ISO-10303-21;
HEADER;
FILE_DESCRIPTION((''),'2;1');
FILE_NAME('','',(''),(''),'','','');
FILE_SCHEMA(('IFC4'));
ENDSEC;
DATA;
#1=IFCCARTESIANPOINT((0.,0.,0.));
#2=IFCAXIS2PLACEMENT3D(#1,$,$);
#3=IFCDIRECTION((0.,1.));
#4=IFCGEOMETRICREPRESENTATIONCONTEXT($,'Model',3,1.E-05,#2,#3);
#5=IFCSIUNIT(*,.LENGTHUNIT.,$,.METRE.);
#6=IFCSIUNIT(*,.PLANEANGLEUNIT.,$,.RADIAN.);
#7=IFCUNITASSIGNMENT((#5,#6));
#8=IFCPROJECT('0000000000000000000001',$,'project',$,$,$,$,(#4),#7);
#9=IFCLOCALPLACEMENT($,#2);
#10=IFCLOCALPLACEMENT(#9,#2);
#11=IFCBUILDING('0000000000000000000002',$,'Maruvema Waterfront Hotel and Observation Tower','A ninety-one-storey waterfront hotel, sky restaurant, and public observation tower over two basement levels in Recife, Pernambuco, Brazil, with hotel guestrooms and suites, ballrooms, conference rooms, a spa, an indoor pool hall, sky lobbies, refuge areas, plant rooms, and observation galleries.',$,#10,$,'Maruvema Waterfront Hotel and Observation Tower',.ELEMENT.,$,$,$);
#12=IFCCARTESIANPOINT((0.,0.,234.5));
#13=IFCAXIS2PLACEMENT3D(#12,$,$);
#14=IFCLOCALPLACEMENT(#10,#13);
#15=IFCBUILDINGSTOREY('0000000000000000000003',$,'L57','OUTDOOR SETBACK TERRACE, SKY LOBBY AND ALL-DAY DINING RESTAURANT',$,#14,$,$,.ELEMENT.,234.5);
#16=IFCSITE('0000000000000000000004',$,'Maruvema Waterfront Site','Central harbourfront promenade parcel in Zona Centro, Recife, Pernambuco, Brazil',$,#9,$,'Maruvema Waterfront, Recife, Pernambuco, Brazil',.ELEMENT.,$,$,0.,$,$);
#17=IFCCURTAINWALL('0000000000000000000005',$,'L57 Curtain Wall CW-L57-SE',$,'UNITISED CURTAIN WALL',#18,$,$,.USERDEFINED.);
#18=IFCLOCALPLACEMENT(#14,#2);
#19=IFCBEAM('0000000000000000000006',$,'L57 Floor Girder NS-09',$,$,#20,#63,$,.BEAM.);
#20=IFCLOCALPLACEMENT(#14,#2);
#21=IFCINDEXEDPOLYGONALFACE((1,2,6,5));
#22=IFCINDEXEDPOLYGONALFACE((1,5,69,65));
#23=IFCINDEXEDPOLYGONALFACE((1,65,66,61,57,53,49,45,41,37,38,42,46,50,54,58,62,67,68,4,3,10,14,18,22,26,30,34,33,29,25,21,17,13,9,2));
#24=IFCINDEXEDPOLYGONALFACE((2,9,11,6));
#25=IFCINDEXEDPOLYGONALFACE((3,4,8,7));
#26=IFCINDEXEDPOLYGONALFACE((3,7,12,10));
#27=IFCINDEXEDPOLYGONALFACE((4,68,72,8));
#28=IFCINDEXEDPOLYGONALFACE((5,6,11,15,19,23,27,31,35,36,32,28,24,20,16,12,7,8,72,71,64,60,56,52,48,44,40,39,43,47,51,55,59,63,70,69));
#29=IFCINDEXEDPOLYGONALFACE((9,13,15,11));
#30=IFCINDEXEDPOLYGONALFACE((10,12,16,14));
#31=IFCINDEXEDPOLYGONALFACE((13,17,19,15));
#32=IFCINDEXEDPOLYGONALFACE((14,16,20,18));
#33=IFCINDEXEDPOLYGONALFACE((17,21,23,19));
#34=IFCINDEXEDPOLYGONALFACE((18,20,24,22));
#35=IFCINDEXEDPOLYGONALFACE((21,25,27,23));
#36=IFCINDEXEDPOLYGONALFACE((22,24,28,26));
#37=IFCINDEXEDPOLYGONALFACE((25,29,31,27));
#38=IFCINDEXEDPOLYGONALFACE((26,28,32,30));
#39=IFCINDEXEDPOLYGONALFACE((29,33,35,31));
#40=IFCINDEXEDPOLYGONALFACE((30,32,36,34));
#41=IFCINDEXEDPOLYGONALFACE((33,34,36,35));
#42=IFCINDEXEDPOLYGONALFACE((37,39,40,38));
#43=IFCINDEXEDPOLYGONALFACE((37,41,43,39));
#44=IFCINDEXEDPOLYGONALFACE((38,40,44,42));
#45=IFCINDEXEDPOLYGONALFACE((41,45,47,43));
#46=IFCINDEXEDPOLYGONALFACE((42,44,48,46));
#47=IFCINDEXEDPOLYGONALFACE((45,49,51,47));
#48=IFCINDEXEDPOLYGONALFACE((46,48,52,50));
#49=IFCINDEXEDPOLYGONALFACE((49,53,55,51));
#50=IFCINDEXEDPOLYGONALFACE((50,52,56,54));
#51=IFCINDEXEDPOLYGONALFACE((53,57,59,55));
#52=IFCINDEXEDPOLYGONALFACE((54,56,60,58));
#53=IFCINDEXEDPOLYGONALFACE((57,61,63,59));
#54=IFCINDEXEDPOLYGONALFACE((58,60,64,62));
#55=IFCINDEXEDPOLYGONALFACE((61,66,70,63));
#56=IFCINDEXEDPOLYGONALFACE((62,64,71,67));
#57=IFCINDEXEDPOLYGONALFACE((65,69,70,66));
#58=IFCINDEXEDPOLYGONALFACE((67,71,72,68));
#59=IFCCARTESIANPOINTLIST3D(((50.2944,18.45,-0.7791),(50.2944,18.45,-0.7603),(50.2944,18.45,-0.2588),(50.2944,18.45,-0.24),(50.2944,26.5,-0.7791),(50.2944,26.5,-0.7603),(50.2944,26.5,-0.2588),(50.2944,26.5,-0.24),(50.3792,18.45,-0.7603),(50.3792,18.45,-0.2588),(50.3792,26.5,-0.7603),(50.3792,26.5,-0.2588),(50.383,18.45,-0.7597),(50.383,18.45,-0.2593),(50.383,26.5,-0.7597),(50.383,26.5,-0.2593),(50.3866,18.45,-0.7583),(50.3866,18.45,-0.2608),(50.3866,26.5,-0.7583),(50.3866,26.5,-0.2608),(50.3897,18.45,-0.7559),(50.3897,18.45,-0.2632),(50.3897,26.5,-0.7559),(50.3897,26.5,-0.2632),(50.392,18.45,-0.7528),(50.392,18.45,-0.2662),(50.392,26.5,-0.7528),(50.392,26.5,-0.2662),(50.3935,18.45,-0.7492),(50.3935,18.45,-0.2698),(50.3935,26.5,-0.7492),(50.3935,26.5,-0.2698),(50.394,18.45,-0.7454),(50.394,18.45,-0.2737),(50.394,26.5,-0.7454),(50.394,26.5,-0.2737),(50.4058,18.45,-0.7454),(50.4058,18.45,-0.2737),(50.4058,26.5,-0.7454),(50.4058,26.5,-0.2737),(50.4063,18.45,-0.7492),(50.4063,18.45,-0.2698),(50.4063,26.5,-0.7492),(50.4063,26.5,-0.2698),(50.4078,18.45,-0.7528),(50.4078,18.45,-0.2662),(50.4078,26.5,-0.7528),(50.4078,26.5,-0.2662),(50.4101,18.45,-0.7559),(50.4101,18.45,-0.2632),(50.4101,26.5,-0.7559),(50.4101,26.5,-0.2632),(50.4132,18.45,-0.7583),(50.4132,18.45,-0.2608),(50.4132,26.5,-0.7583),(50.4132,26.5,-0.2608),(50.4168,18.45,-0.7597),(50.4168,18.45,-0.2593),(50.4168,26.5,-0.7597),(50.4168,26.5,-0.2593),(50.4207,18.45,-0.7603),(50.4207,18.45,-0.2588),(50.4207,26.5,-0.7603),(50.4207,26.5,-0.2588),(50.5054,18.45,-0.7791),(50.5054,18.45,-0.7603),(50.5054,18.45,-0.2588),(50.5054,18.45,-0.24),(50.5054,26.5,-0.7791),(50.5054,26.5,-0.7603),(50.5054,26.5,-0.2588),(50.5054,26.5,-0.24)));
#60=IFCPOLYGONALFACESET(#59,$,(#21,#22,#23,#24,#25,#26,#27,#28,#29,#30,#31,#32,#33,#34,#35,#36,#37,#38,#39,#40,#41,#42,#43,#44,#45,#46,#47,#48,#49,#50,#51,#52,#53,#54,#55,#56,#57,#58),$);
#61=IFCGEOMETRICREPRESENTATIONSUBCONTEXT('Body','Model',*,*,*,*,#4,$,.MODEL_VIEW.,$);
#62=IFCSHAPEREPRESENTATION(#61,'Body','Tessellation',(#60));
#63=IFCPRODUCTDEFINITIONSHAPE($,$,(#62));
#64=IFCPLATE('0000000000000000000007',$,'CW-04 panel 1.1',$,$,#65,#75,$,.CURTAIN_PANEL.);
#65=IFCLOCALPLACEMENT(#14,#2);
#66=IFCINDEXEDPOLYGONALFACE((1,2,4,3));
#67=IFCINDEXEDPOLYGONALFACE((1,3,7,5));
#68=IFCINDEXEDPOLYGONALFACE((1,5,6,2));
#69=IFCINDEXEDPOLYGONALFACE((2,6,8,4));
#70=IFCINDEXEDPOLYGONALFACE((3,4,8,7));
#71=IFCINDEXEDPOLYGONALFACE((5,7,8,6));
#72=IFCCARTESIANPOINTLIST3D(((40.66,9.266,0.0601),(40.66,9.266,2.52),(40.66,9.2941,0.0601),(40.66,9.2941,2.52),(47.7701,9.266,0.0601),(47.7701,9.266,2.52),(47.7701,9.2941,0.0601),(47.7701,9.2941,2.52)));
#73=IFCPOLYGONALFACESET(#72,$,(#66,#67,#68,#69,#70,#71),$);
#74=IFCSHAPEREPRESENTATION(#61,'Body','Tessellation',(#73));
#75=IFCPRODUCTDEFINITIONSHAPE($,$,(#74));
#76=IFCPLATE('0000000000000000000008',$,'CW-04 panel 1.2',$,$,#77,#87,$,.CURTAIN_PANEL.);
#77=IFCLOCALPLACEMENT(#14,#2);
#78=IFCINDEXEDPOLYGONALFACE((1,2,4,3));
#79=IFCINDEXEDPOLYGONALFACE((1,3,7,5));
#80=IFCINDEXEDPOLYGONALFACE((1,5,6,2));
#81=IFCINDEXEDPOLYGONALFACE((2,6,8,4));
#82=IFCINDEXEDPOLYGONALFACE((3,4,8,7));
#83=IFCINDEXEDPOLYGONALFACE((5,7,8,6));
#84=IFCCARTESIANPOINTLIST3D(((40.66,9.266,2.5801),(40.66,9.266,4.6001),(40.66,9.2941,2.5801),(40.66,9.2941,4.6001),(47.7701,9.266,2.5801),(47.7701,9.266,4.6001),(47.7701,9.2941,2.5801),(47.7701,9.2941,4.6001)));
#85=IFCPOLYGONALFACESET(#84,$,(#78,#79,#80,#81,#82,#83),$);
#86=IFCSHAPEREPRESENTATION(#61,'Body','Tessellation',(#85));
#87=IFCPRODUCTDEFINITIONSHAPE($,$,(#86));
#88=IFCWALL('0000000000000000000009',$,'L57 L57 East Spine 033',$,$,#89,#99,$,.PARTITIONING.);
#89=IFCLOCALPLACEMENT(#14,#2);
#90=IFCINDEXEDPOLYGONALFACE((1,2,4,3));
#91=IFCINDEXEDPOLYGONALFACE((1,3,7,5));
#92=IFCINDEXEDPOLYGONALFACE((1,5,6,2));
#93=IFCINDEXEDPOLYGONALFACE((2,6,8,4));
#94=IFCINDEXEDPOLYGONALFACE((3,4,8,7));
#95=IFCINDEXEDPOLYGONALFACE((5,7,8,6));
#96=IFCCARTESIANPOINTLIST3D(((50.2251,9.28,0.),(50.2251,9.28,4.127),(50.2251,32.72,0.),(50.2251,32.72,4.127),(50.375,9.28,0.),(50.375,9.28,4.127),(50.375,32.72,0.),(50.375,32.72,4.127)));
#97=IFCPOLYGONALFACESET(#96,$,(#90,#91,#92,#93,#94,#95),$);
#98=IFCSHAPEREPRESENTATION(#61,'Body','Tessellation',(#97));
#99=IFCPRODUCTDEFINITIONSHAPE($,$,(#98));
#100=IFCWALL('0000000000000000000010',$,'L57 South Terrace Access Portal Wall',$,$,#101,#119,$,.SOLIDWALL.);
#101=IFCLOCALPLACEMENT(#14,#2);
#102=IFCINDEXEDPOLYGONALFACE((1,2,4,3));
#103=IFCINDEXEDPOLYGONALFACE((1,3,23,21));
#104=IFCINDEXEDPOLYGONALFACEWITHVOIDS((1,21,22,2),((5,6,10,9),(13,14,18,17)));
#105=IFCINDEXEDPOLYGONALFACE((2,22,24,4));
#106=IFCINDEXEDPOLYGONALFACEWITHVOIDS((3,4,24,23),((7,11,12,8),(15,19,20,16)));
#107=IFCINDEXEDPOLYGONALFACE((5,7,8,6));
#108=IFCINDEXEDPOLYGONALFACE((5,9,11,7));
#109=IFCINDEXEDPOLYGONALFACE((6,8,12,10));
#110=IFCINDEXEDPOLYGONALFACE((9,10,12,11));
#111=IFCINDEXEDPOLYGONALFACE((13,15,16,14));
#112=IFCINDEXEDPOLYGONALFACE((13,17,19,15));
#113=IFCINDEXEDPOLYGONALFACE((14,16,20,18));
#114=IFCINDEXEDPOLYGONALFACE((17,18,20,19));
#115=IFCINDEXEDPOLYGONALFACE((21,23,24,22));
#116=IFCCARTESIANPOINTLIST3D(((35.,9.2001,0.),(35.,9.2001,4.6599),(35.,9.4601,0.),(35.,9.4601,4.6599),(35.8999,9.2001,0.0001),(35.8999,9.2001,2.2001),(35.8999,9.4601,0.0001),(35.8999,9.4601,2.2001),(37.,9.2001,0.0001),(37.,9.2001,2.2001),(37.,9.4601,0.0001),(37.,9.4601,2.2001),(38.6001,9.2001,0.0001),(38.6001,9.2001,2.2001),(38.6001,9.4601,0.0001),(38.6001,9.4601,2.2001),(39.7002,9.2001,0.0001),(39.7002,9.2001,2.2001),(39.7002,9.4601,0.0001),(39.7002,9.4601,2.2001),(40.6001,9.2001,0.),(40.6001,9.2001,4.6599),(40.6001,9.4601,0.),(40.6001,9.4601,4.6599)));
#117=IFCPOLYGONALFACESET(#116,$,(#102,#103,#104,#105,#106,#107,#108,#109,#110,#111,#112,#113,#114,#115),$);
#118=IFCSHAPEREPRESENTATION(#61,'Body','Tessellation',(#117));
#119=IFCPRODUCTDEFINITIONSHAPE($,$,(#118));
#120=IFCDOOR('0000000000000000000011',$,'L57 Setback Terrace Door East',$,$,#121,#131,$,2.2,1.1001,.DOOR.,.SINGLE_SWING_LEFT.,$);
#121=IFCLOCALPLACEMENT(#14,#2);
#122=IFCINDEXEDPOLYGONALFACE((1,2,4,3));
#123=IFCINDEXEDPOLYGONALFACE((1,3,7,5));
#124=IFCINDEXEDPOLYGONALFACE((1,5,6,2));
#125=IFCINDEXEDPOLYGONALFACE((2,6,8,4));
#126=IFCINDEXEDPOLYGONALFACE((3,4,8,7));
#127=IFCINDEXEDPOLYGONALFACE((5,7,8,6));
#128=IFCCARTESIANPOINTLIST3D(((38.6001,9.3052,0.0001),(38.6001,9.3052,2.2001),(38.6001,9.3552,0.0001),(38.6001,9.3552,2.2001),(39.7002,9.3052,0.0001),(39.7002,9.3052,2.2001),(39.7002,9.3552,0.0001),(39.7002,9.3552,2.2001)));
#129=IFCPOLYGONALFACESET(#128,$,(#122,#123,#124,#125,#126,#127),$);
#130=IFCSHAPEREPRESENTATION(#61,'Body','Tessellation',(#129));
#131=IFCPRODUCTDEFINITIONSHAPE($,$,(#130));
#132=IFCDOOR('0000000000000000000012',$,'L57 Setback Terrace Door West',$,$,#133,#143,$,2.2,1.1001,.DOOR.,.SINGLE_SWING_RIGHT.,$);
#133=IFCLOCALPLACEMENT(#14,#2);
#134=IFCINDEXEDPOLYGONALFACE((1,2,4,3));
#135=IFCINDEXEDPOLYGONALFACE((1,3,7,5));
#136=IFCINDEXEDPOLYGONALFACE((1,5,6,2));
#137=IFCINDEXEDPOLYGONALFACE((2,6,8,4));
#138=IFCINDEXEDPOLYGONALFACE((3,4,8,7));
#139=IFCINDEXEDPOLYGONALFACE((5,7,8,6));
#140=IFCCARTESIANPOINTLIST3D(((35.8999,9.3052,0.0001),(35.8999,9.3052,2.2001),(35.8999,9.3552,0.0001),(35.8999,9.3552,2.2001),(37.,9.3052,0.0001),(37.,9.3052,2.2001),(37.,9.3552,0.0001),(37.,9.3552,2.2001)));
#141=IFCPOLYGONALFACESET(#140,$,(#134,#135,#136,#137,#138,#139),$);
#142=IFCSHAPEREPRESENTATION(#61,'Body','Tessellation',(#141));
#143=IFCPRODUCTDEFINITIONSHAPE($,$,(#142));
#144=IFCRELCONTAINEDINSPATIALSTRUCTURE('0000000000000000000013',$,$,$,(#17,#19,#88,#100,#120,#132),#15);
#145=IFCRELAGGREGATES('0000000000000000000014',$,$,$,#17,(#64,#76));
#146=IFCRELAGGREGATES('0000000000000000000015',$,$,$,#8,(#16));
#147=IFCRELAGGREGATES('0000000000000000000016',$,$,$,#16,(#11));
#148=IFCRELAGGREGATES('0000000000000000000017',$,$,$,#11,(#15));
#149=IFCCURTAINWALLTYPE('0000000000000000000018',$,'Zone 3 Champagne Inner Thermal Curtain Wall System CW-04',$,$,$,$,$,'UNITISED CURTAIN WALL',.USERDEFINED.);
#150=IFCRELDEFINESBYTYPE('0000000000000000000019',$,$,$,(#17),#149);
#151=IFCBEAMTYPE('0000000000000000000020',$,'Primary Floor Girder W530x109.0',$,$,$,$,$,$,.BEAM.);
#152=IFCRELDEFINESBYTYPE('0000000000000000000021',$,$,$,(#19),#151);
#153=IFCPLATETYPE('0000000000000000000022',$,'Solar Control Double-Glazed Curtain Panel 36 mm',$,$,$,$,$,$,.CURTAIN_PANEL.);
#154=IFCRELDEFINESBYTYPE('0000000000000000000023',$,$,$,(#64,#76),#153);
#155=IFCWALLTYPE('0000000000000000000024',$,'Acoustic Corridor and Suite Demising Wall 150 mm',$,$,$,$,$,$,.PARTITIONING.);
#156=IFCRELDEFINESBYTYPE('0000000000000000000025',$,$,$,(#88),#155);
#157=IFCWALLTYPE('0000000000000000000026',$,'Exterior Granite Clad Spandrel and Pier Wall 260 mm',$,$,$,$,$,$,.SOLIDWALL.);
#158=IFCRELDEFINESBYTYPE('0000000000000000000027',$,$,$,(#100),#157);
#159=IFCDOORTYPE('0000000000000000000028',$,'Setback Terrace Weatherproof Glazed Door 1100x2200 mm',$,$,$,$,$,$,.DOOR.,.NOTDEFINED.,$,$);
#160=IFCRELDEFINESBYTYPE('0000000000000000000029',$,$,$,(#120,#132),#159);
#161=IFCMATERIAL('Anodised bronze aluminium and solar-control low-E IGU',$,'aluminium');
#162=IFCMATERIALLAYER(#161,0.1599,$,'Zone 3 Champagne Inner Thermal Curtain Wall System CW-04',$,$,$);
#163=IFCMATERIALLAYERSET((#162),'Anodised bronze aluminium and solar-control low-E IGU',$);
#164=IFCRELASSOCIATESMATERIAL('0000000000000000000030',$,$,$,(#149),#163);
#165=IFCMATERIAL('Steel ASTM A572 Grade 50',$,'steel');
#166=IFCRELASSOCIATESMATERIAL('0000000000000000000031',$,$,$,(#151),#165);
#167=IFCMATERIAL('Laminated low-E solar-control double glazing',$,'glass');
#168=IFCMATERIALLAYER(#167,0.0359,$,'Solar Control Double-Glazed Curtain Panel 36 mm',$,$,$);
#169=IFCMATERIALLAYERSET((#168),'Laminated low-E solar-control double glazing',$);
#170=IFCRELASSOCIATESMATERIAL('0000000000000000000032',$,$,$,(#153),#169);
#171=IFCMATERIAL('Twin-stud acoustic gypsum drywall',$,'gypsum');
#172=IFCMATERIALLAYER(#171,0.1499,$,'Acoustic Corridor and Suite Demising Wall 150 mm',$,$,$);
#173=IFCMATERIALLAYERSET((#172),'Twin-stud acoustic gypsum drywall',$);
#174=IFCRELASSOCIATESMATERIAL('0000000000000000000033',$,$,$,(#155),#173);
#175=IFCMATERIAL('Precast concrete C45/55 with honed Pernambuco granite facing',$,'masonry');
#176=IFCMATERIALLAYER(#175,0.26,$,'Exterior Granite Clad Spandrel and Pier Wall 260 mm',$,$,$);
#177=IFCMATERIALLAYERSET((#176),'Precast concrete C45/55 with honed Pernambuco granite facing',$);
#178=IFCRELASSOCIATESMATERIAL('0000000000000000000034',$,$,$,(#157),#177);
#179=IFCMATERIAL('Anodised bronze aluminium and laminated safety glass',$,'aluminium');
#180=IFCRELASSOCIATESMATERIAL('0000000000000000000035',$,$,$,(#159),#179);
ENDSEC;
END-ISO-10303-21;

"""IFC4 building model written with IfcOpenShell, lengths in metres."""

from ifc_helpers import new_model, si_unit, direction, frame, frame_2d, origin, origin_2d, place, context, subcontext, project, spatial, rectangle, i_section, extrude, material, layer, layer_set, material_profile, profile_set, type_object, element, fill, aggregate, save


model = new_model("IFC4")

# Units and contexts
model_context = context("Model", 3, precision=1e-05, world=origin(), true_north=direction((0.0, 1.0)))
body_context = subcontext(model_context, "Body", "Model", "MODEL_VIEW")
ifc_project = project(units=[si_unit("LENGTHUNIT", "METRE"), si_unit("PLANEANGLEUNIT", "RADIAN")], contexts=[model_context])

# Site, building, storey
site_placement = place(None, origin())
site = spatial("IfcSite", under=ifc_project, at=site_placement, Name="Maruvema Waterfront Site", Description="Central harbourfront promenade parcel in Zona Centro, Recife, Pernambuco, Brazil", LongName="Maruvema Waterfront, Recife, Pernambuco, Brazil", CompositionType="ELEMENT", RefElevation=0.0)
building_placement = place(site_placement, origin())
building = spatial("IfcBuilding", under=site, at=building_placement, Name="Maruvema Waterfront Hotel and Observation Tower", Description="A ninety-one-storey waterfront hotel, sky restaurant, and public observation tower over two basement levels in Recife, Pernambuco, Brazil, with hotel guestrooms and suites, ballrooms, conference rooms, a spa, an indoor pool hall, sky lobbies, refuge areas, plant rooms, and observation galleries.", LongName="Maruvema Waterfront Hotel and Observation Tower", CompositionType="ELEMENT")
storey_placement = place(building_placement, frame((0.0, 0.0, 234.5)))
storey = spatial("IfcBuildingStorey", under=building, at=storey_placement, Name="L57", Description="OUTDOOR SETBACK TERRACE, SKY LOBBY AND ALL-DAY DINING RESTAURANT", CompositionType="ELEMENT", Elevation=234.5)

# Curtain wall
ifc_material_1 = material(Name="Anodised bronze aluminium and solar-control low-E IGU", Category="aluminium")
ifc_layer_1 = layer(ifc_material_1, 0.1599, Name="Zone 3 Champagne Inner Thermal Curtain Wall System CW-04")
ifc_layer_set_1 = layer_set([ifc_layer_1], Name="Anodised bronze aluminium and solar-control low-E IGU")
curtain_wall_type = type_object("IfcCurtainWallType", Name="Zone 3 Champagne Inner Thermal Curtain Wall System CW-04", ElementType="UNITISED CURTAIN WALL", PredefinedType="USERDEFINED", material=ifc_layer_set_1)
curtain_wall_placement = place(storey_placement, origin())
curtain_wall = element("IfcCurtainWall", 1, at=curtain_wall_placement, inside=storey, type_object=curtain_wall_type, Name="L57 Curtain Wall CW-L57-SE", ObjectType="UNITISED CURTAIN WALL", PredefinedType="USERDEFINED")

# Beam
ifc_material_2 = material(Name="Steel ASTM A572 Grade 50", Category="steel")
ifc_material_profile_1 = material_profile(ifc_material_2, i_section(OverallWidth=0.2109, OverallDepth=0.5391, WebThickness=0.0117, FlangeThickness=0.0188, FilletRadius=0.0149, at=origin_2d()), Name="W530x109.0")
ifc_profile_set_1 = profile_set([ifc_material_profile_1], Name="Steel ASTM A572 Grade 50")
beam_type = type_object("IfcBeamType", Name="Primary Floor Girder W530x109.0", PredefinedType="BEAM", material=ifc_profile_set_1)
beam_1_placement = place(storey_placement, frame((50.3999, 18.45, -0.5095), z_axis=(0.0, 1.0, 0.0), x_axis=(-1.0, 0.0, 0.0)))
element("IfcBeam", 2, at=beam_1_placement, inside=storey, type_object=beam_type, Name="L57 Floor Girder NS-09", PredefinedType="BEAM", context=body_context, shape_type="SweptSolid", body=[
    extrude(i_section(OverallWidth=0.2109, OverallDepth=0.5391, WebThickness=0.0117, FlangeThickness=0.0188, FilletRadius=0.0149, at=origin_2d()), origin(), (0.0, 0.0, 1.0), 8.05),
])

# Plates
ifc_material_3 = material(Name="Laminated low-E solar-control double glazing", Category="glass")
ifc_layer_2 = layer(ifc_material_3, 0.0359, Name="Solar Control Double-Glazed Curtain Panel 36 mm")
ifc_layer_set_2 = layer_set([ifc_layer_2], Name="Laminated low-E solar-control double glazing")
plate_type = type_object("IfcPlateType", Name="Solar Control Double-Glazed Curtain Panel 36 mm", PredefinedType="CURTAIN_PANEL", material=ifc_layer_set_2)
plate_1_placement = place(storey_placement, frame((44.2151, 9.28, 0.0601), z_axis=(0.0, 0.0, 1.0), x_axis=(1.0, 0.0, 0.0)))
plate_1 = element("IfcPlate", 3, at=plate_1_placement, type_object=plate_type, Name="CW-04 panel 1.1", PredefinedType="CURTAIN_PANEL", context=body_context, shape_type="SweptSolid", body=[
    extrude(rectangle(XDim=7.1101, YDim=0.0281, at=origin_2d()), origin(), (0.0, 0.0, 1.0), 2.46),
])
plate_2_placement = place(storey_placement, frame((44.2151, 9.28, 2.5801), z_axis=(0.0, 0.0, 1.0), x_axis=(1.0, 0.0, 0.0)))
plate_2 = element("IfcPlate", 4, at=plate_2_placement, type_object=plate_type, Name="CW-04 panel 1.2", PredefinedType="CURTAIN_PANEL", context=body_context, shape_type="SweptSolid", body=[
    extrude(rectangle(XDim=7.1101, YDim=0.0281, at=origin_2d()), origin(), (0.0, 0.0, 1.0), 2.02),
])
aggregate(curtain_wall, [plate_1, plate_2])

# Wall
ifc_material_4 = material(Name="Twin-stud acoustic gypsum drywall", Category="gypsum")
ifc_layer_3 = layer(ifc_material_4, 0.1499, Name="Acoustic Corridor and Suite Demising Wall 150 mm")
ifc_layer_set_3 = layer_set([ifc_layer_3], Name="Twin-stud acoustic gypsum drywall")
wall_type_1 = type_object("IfcWallType", Name="Acoustic Corridor and Suite Demising Wall 150 mm", PredefinedType="PARTITIONING", material=ifc_layer_set_3)
wall_1_placement = place(storey_placement, frame((50.3, 9.28, 0.0), z_axis=(0.0, 0.0, 1.0), x_axis=(0.0, 1.0, 0.0)))
element("IfcWall", 5, at=wall_1_placement, inside=storey, type_object=wall_type_1, Name="L57 L57 East Spine 033", PredefinedType="PARTITIONING", context=body_context, shape_type="SweptSolid", body=[
    extrude(rectangle(XDim=23.4399, YDim=0.1499, at=frame_2d((11.72, 0.0))), origin(), (0.0, 0.0, 1.0), 4.127),
])

# Wall, openings, doors
ifc_material_5 = material(Name="Precast concrete C45/55 with honed Pernambuco granite facing", Category="masonry")
ifc_layer_4 = layer(ifc_material_5, 0.26, Name="Exterior Granite Clad Spandrel and Pier Wall 260 mm")
ifc_layer_set_4 = layer_set([ifc_layer_4], Name="Precast concrete C45/55 with honed Pernambuco granite facing")
wall_type_2 = type_object("IfcWallType", Name="Exterior Granite Clad Spandrel and Pier Wall 260 mm", PredefinedType="SOLIDWALL", material=ifc_layer_set_4)
wall_2_placement = place(storey_placement, frame((40.6001, 9.3301, 0.0), z_axis=(0.0, 0.0, 1.0), x_axis=(-1.0, 0.0, 0.0)))
wall_2 = element("IfcWall", 6, at=wall_2_placement, inside=storey, type_object=wall_type_2, Name="L57 South Terrace Access Portal Wall", PredefinedType="SOLIDWALL", context=body_context, shape_type="SweptSolid", body=[
    extrude(rectangle(XDim=5.6001, YDim=0.26, at=frame_2d((2.8, 0.0))), origin(), (0.0, 0.0, 1.0), 4.6599),
])
opening_1_placement = place(wall_2_placement, frame((0.8999, 0.0, 0.0)))
opening_1 = element("IfcOpeningElement", 7, at=opening_1_placement, cuts=wall_2, PredefinedType="OPENING", context=body_context, shape_type="SweptSolid", body=[
    extrude(rectangle(XDim=1.1001, YDim=2.2, at=frame_2d((0.55, 1.1001))), frame((0.0, 0.1401, 0.0), z_axis=(0.0, -1.0, 0.0), x_axis=(1.0, 0.0, 0.0)), (0.0, 0.0, 1.0), 0.28),
])
opening_2_placement = place(wall_2_placement, frame((3.6001, 0.0, 0.0)))
opening_2 = element("IfcOpeningElement", 8, at=opening_2_placement, cuts=wall_2, PredefinedType="OPENING", context=body_context, shape_type="SweptSolid", body=[
    extrude(rectangle(XDim=1.1001, YDim=2.2, at=frame_2d((0.55, 1.1001))), frame((0.0, 0.1401, 0.0), z_axis=(0.0, -1.0, 0.0), x_axis=(1.0, 0.0, 0.0)), (0.0, 0.0, 1.0), 0.28),
])
ifc_material_6 = material(Name="Anodised bronze aluminium and laminated safety glass", Category="aluminium")
door_type = type_object("IfcDoorType", Name="Setback Terrace Weatherproof Glazed Door 1100x2200 mm", OperationType="NOTDEFINED", PredefinedType="DOOR", material=ifc_material_6)
door_1_placement = place(opening_1_placement, origin())
door_1 = element("IfcDoor", 9, at=door_1_placement, inside=storey, type_object=door_type, Name="L57 Setback Terrace Door East", OperationType="SINGLE_SWING_LEFT", OverallHeight=2.2, OverallWidth=1.1001, PredefinedType="DOOR", context=body_context, shape_type="SweptSolid", body=[
    extrude(rectangle(XDim=1.1001, YDim=2.2, at=frame_2d((0.55, 1.1001))), frame((0.0, 0.0249, 0.0), z_axis=(0.0, -1.0, 0.0), x_axis=(1.0, 0.0, 0.0)), (0.0, 0.0, 1.0), 0.05),
])
fill(opening_1, door_1)
door_2_placement = place(opening_2_placement, origin())
door_2 = element("IfcDoor", 10, at=door_2_placement, inside=storey, type_object=door_type, Name="L57 Setback Terrace Door West", OperationType="SINGLE_SWING_RIGHT", OverallHeight=2.2, OverallWidth=1.1001, PredefinedType="DOOR", context=body_context, shape_type="SweptSolid", body=[
    extrude(rectangle(XDim=1.1001, YDim=2.2, at=frame_2d((0.55, 1.1001))), frame((0.0, 0.0249, 0.0), z_axis=(0.0, -1.0, 0.0), x_axis=(1.0, 0.0, 0.0)), (0.0, 0.0, 1.0), 0.05),
])
fill(opening_2, door_2)

save(model, "model.ifc")
